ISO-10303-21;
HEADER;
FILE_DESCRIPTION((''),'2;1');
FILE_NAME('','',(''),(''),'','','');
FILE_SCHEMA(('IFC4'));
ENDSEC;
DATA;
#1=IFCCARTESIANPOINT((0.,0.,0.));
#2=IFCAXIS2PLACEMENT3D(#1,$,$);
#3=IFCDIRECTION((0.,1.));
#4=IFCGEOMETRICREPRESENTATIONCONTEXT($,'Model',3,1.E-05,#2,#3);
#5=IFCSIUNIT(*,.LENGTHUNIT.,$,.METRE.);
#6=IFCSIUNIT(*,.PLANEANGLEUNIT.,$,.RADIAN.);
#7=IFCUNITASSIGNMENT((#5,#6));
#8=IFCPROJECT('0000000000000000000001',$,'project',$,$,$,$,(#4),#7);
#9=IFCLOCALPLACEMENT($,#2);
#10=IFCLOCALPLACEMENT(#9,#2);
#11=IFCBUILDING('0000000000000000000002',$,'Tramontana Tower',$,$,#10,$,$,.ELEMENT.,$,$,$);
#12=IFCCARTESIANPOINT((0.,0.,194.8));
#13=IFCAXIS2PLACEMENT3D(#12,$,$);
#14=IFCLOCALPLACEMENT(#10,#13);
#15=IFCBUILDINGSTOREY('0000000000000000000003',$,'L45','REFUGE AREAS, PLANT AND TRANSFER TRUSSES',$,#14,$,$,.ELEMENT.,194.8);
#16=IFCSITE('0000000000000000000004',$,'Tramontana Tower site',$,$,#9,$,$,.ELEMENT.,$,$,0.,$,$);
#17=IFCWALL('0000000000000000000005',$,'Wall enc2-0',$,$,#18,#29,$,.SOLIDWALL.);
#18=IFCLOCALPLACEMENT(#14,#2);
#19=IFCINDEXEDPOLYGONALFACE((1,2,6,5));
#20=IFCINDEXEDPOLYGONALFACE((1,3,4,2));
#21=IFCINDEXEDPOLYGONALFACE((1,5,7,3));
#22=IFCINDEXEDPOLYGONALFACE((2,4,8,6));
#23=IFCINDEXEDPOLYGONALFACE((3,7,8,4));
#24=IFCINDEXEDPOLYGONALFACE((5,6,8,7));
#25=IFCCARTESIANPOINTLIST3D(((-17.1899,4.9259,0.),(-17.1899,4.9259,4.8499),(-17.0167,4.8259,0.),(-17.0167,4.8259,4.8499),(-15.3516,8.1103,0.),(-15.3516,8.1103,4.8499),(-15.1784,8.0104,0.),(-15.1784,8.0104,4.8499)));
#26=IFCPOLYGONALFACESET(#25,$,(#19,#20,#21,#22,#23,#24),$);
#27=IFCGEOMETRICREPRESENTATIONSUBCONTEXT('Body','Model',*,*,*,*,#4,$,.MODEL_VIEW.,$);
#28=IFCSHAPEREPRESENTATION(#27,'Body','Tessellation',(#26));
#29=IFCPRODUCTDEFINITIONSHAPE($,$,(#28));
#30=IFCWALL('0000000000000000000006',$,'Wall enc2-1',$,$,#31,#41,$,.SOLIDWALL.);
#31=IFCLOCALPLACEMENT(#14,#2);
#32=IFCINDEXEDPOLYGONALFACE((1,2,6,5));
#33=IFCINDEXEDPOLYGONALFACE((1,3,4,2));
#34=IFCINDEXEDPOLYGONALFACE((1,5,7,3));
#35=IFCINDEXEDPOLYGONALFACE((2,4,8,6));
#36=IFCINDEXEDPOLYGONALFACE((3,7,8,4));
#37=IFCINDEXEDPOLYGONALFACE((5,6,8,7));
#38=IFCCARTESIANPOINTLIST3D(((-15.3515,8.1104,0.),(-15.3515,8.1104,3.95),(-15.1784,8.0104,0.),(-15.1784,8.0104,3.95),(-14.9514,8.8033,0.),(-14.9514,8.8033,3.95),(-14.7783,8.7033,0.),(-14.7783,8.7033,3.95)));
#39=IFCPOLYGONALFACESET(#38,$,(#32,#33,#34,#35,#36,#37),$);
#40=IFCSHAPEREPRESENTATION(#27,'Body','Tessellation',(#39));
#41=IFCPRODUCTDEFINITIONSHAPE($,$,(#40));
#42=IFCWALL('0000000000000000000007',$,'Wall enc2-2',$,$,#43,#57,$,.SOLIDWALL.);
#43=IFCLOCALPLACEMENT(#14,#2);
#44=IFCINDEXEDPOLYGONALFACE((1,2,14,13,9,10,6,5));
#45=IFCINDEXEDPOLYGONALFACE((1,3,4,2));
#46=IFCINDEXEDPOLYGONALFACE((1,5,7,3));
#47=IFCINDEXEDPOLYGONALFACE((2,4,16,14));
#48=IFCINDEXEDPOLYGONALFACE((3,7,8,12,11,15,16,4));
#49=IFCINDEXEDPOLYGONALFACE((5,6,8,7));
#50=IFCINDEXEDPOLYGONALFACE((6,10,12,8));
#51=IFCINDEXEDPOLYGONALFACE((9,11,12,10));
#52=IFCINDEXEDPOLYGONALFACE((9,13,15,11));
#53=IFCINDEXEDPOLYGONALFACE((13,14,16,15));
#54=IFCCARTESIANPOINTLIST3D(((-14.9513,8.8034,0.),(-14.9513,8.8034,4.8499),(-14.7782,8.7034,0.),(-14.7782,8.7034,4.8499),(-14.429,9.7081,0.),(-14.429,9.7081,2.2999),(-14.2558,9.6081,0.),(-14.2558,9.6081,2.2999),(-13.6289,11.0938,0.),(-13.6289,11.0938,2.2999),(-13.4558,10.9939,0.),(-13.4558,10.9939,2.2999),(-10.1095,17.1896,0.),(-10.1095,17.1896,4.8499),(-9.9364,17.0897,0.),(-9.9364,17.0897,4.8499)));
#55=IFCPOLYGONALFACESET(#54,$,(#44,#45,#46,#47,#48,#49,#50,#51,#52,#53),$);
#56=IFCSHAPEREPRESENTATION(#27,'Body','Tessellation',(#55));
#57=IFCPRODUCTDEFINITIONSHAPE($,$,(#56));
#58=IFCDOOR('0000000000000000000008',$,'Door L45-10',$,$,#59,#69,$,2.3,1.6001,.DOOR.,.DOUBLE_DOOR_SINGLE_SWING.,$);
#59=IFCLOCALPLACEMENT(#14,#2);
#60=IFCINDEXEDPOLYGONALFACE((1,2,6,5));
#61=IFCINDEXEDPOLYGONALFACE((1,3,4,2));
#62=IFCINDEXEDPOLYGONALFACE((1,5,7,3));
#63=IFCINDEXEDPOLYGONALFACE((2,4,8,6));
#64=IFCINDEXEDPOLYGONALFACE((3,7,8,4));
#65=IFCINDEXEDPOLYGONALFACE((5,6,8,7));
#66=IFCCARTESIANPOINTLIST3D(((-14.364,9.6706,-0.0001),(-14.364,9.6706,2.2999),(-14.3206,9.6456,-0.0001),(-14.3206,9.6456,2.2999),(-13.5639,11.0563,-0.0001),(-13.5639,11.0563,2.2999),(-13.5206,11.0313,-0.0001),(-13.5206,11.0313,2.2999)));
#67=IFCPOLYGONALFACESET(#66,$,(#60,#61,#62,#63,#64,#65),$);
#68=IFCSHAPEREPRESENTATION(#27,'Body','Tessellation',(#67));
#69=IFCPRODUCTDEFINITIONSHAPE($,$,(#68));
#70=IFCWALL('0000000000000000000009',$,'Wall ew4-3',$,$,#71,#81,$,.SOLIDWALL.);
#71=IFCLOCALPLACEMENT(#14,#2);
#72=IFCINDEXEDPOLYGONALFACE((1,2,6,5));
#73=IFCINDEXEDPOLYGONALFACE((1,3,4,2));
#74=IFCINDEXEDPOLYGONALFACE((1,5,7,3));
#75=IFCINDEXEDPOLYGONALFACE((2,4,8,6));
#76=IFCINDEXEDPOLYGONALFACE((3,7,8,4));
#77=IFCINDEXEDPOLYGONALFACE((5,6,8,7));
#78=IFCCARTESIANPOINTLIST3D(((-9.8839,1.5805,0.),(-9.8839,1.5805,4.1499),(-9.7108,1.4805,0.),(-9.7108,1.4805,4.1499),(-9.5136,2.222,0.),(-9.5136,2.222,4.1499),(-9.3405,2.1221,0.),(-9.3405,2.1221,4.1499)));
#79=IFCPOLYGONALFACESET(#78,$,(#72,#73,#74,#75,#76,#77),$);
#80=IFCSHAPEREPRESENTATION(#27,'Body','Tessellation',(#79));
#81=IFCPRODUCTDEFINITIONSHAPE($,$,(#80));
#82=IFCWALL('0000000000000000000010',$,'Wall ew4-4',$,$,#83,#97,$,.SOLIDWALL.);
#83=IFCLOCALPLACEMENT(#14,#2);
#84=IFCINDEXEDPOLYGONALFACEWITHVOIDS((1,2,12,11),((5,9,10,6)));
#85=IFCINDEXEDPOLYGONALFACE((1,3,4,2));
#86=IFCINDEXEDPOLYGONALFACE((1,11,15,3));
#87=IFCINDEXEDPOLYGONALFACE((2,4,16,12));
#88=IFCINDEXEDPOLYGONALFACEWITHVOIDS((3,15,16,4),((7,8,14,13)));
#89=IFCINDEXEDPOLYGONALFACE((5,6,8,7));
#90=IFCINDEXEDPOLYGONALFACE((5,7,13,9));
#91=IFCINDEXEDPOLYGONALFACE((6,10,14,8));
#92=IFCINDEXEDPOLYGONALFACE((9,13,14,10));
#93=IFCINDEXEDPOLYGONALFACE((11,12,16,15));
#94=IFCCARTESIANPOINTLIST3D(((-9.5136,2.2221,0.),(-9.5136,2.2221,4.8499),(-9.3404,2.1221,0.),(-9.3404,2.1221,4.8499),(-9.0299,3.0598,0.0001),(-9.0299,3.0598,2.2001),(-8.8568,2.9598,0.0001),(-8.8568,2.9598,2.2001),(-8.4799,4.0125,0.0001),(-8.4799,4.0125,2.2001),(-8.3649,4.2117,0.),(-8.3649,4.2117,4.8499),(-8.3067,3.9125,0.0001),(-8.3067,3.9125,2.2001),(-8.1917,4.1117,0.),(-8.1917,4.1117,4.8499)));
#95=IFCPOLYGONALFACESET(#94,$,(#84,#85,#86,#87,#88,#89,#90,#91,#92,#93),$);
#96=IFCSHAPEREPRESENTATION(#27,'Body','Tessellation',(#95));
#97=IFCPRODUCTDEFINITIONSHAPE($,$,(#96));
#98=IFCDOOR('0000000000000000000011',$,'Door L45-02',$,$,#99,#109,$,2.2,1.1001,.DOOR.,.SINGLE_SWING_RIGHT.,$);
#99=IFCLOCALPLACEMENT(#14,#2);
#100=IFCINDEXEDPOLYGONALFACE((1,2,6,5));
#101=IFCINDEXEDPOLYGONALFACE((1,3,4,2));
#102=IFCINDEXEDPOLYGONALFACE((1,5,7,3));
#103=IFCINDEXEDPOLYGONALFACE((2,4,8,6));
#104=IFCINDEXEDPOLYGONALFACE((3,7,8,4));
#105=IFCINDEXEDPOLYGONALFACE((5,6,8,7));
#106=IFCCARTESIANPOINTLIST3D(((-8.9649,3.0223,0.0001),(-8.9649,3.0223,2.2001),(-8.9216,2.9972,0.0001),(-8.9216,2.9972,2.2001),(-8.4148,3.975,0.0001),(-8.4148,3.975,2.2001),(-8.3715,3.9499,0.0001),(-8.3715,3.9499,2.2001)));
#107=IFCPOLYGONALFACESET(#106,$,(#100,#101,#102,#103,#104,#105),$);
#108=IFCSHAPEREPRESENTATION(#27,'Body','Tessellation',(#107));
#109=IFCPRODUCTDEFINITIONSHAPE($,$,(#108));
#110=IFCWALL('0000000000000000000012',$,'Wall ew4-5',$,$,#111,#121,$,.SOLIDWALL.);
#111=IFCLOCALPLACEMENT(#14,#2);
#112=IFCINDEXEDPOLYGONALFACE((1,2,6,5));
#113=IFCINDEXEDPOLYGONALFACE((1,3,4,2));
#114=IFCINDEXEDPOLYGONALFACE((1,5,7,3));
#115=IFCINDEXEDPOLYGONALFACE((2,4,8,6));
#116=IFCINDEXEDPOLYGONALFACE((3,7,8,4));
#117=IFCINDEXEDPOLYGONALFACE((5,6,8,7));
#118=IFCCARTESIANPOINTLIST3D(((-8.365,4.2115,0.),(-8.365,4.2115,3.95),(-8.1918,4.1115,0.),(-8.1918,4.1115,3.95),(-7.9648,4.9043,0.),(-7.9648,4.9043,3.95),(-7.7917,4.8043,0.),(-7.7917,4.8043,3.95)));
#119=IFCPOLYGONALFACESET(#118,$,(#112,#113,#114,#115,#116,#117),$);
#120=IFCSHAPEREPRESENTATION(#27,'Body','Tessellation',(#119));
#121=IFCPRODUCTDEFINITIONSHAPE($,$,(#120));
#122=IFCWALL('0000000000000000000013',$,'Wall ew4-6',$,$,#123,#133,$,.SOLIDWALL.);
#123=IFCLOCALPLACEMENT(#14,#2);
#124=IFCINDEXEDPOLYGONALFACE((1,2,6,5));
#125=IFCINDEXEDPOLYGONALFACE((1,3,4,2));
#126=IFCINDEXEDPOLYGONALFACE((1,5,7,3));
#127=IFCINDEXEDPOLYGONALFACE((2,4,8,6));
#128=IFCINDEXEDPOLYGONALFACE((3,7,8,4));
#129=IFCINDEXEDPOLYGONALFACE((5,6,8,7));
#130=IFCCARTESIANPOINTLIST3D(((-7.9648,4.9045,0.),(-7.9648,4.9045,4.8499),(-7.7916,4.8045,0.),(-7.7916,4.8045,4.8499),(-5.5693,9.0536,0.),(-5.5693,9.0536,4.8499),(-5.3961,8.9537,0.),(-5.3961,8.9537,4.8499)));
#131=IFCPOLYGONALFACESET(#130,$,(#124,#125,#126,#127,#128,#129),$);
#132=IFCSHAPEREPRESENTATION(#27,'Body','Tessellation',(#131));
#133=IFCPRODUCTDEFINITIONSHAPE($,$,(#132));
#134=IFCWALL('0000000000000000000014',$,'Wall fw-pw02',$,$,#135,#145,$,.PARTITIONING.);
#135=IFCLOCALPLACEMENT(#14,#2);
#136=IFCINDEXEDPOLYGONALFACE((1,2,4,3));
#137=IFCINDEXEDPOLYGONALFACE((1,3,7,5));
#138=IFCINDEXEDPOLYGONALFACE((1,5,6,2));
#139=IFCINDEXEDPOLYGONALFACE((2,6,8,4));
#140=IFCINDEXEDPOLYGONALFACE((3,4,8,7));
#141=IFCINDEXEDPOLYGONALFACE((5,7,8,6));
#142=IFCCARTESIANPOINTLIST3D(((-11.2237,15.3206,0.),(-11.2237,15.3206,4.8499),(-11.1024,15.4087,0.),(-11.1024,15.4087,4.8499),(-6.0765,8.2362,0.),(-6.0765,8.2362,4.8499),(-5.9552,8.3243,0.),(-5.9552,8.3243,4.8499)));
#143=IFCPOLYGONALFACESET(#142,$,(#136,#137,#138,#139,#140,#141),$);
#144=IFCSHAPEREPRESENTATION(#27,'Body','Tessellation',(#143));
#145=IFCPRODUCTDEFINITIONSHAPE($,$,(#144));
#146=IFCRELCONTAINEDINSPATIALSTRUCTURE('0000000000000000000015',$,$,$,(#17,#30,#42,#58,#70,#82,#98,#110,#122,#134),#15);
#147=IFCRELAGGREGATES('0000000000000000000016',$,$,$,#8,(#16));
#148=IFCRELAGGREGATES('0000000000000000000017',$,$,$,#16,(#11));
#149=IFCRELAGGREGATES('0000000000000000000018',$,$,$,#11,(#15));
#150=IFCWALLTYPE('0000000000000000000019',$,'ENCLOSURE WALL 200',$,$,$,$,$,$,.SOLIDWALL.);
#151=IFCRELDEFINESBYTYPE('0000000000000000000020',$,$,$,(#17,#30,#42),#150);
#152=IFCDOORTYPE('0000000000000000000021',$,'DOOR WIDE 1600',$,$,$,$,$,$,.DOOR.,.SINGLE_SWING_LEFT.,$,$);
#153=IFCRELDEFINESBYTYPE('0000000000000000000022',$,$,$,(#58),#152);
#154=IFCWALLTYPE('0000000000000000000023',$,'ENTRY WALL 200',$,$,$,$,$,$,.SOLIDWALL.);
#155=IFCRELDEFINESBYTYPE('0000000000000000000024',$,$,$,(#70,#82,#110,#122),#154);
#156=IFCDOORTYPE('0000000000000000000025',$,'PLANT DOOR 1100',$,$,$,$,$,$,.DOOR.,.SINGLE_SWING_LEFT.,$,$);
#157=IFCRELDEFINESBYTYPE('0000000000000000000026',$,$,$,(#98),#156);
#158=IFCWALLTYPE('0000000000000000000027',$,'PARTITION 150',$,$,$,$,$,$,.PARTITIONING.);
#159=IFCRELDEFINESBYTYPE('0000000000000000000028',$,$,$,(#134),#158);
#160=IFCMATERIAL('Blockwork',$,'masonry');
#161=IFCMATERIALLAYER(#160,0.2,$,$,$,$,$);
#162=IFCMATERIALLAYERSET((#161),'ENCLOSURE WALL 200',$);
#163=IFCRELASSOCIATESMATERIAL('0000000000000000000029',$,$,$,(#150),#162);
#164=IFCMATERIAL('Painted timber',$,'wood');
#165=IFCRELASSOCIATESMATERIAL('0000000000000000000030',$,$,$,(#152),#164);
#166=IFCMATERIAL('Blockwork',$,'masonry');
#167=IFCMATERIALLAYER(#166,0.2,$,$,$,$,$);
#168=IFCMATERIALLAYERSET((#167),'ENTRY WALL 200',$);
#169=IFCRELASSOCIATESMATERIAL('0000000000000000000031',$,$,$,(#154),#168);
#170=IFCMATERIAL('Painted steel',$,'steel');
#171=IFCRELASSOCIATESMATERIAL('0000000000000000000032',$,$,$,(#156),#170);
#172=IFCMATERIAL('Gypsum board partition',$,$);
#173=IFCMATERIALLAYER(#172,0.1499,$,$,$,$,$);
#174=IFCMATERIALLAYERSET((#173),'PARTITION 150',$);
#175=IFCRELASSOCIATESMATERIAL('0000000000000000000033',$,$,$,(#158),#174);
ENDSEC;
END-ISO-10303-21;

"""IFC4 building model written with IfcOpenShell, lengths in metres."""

from ifc_helpers import new_model, si_unit, direction, frame, frame_2d, origin, place, context, subcontext, project, spatial, rectangle, extrude, material, layer, layer_set, type_object, element, fill, save


model = new_model("IFC4")

# Units and contexts
model_context = context("Model", 3, precision=1e-05, world=origin(), true_north=direction((0.0, 1.0)))
body_context = subcontext(model_context, "Body", "Model", "MODEL_VIEW")
ifc_project = project(units=[si_unit("LENGTHUNIT", "METRE"), si_unit("PLANEANGLEUNIT", "RADIAN")], contexts=[model_context])

# Site, building, storey
site_placement = place(None, origin())
site = spatial("IfcSite", under=ifc_project, at=site_placement, Name="Tramontana Tower site", CompositionType="ELEMENT", RefElevation=0.0)
building_placement = place(site_placement, origin())
building = spatial("IfcBuilding", under=site, at=building_placement, Name="Tramontana Tower", CompositionType="ELEMENT")
storey_placement = place(building_placement, frame((0.0, 0.0, 194.8)))
storey = spatial("IfcBuildingStorey", under=building, at=storey_placement, Name="L45", Description="REFUGE AREAS, PLANT AND TRANSFER TRUSSES", CompositionType="ELEMENT", Elevation=194.8)

# Walls
ifc_material_1 = material(Name="Blockwork", Category="masonry")
ifc_layer_1 = layer(ifc_material_1, 0.2)
ifc_layer_set_1 = layer_set([ifc_layer_1], Name="ENCLOSURE WALL 200")
wall_type_1 = type_object("IfcWallType", Name="ENCLOSURE WALL 200", PredefinedType="SOLIDWALL", material=ifc_layer_set_1)
wall_1_placement = place(storey_placement, frame((-17.1033, 4.876, 0.0), z_axis=(0.0, 0.0, 1.0), x_axis=(0.499952, 0.866053, 0.0)))
element("IfcWall", 1, at=wall_1_placement, inside=storey, type_object=wall_type_1, Name="Wall enc2-0", PredefinedType="SOLIDWALL", context=body_context, shape_type="SweptSolid", body=[
    extrude(rectangle(XDim=3.677, YDim=0.2, at=frame_2d((1.8384, 0.0))), origin(), (0.0, 0.0, 1.0), 4.8499),
])
wall_2_placement = place(storey_placement, frame((-15.2649, 8.0605, 0.0), z_axis=(0.0, 0.0, 1.0), x_axis=(0.50011, 0.865962, 0.0)))
element("IfcWall", 2, at=wall_2_placement, inside=storey, type_object=wall_type_1, Name="Wall enc2-1", PredefinedType="SOLIDWALL", context=body_context, shape_type="SweptSolid", body=[
    extrude(rectangle(XDim=0.8, YDim=0.2, at=frame_2d((0.3999, 0.0))), origin(), (0.0, 0.0, 1.0), 3.95),
])

# Wall, opening, door
wall_3_placement = place(storey_placement, frame((-14.8647, 8.7534, 0.0), z_axis=(0.0, 0.0, 1.0), x_axis=(0.5, 0.866025, 0.0)))
wall_3 = element("IfcWall", 3, at=wall_3_placement, inside=storey, type_object=wall_type_1, Name="Wall enc2-2", PredefinedType="SOLIDWALL", context=body_context, shape_type="SweptSolid", body=[
    extrude(rectangle(XDim=9.6836, YDim=0.2, at=frame_2d((4.8418, 0.0))), origin(), (0.0, 0.0, 1.0), 4.8499),
])
opening_1_placement = place(wall_3_placement, frame((1.0447, 0.0, 0.0)))
opening_1 = element("IfcOpeningElement", 4, at=opening_1_placement, cuts=wall_3, PredefinedType="OPENING", context=body_context, shape_type="SweptSolid", body=[
    extrude(rectangle(XDim=1.6001, YDim=2.3, at=frame_2d((0.8, 1.1499))), frame((0.0, 0.1099, 0.0), z_axis=(0.0, -1.0, 0.0), x_axis=(1.0, 0.0, 0.0)), (0.0, 0.0, 1.0), 0.22),
])
ifc_material_2 = material(Name="Painted timber", Category="wood")
door_type_1 = type_object("IfcDoorType", Name="DOOR WIDE 1600", OperationType="SINGLE_SWING_LEFT", PredefinedType="DOOR", material=ifc_material_2)
door_1_placement = place(opening_1_placement, origin())
door_1 = element("IfcDoor", 5, at=door_1_placement, inside=storey, type_object=door_type_1, Name="Door L45-10", OperationType="DOUBLE_DOOR_SINGLE_SWING", OverallHeight=2.3, OverallWidth=1.6001, PredefinedType="DOOR", context=body_context, shape_type="SweptSolid", body=[
    extrude(rectangle(XDim=1.6001, YDim=2.3, at=frame_2d((0.8, 1.1499))), frame((0.0, 0.0249, 0.0), z_axis=(0.0, -1.0, 0.0), x_axis=(1.0, 0.0, 0.0)), (0.0, 0.0, 1.0), 0.05),
])
fill(opening_1, door_1)

# Wall
ifc_material_3 = material(Name="Blockwork", Category="masonry")
ifc_layer_2 = layer(ifc_material_3, 0.2)
ifc_layer_set_2 = layer_set([ifc_layer_2], Name="ENTRY WALL 200")
wall_type_2 = type_object("IfcWallType", Name="ENTRY WALL 200", PredefinedType="SOLIDWALL", material=ifc_layer_set_2)
wall_4_placement = place(storey_placement, frame((-9.7974, 1.5305, 0.0), z_axis=(0.0, 0.0, 1.0), x_axis=(0.499932, 0.866065, 0.0)))
element("IfcWall", 6, at=wall_4_placement, inside=storey, type_object=wall_type_2, Name="Wall ew4-3", PredefinedType="SOLIDWALL", context=body_context, shape_type="SweptSolid", body=[
    extrude(rectangle(XDim=0.7407, YDim=0.2, at=frame_2d((0.3704, 0.0))), origin(), (0.0, 0.0, 1.0), 4.1499),
])

# Wall, opening, door
wall_5_placement = place(storey_placement, frame((-9.427, 2.1721, 0.0), z_axis=(0.0, 0.0, 1.0), x_axis=(0.500014, 0.866017, 0.0)))
wall_5 = element("IfcWall", 7, at=wall_5_placement, inside=storey, type_object=wall_type_2, Name="Wall ew4-4", PredefinedType="SOLIDWALL", context=body_context, shape_type="SweptSolid", body=[
    extrude(rectangle(XDim=2.2974, YDim=0.2, at=frame_2d((1.1487, 0.0))), origin(), (0.0, 0.0, 1.0), 4.8499),
])
opening_2_placement = place(wall_5_placement, frame((0.9673, 0.0, 0.0)))
opening_2 = element("IfcOpeningElement", 8, at=opening_2_placement, cuts=wall_5, PredefinedType="OPENING", context=body_context, shape_type="SweptSolid", body=[
    extrude(rectangle(XDim=1.1001, YDim=2.2, at=frame_2d((0.55, 1.1001))), frame((0.0, 0.1099, 0.0), z_axis=(0.0, -1.0, 0.0), x_axis=(1.0, 0.0, 0.0)), (0.0, 0.0, 1.0), 0.22),
])
ifc_material_4 = material(Name="Painted steel", Category="steel")
door_type_2 = type_object("IfcDoorType", Name="PLANT DOOR 1100", OperationType="SINGLE_SWING_LEFT", PredefinedType="DOOR", material=ifc_material_4)
door_2_placement = place(opening_2_placement, origin())
door_2 = element("IfcDoor", 9, at=door_2_placement, inside=storey, type_object=door_type_2, Name="Door L45-02", OperationType="SINGLE_SWING_RIGHT", OverallHeight=2.2, OverallWidth=1.1001, PredefinedType="DOOR", context=body_context, shape_type="SweptSolid", body=[
    extrude(rectangle(XDim=1.1001, YDim=2.2, at=frame_2d((0.55, 1.1001))), frame((0.0, 0.0249, 0.0), z_axis=(0.0, -1.0, 0.0), x_axis=(1.0, 0.0, 0.0)), (0.0, 0.0, 1.0), 0.05),
])
fill(opening_2, door_2)

# Walls
wall_6_placement = place(storey_placement, frame((-8.2783, 4.1616, 0.0), z_axis=(0.0, 0.0, 1.0), x_axis=(0.50011, 0.865962, 0.0)))
element("IfcWall", 10, at=wall_6_placement, inside=storey, type_object=wall_type_2, Name="Wall ew4-5", PredefinedType="SOLIDWALL", context=body_context, shape_type="SweptSolid", body=[
    extrude(rectangle(XDim=0.8, YDim=0.2, at=frame_2d((0.3999, 0.0))), origin(), (0.0, 0.0, 1.0), 3.95),
])
wall_7_placement = place(storey_placement, frame((-7.8782, 4.8545, 0.0), z_axis=(0.0, 0.0, 1.0), x_axis=(0.499997, 0.866027, 0.0)))
element("IfcWall", 11, at=wall_7_placement, inside=storey, type_object=wall_type_2, Name="Wall ew4-6", PredefinedType="SOLIDWALL", context=body_context, shape_type="SweptSolid", body=[
    extrude(rectangle(XDim=4.791, YDim=0.2, at=frame_2d((2.3955, 0.0))), origin(), (0.0, 0.0, 1.0), 4.8499),
])
ifc_material_5 = material(Name="Gypsum board partition")
ifc_layer_3 = layer(ifc_material_5, 0.1499)
ifc_layer_set_3 = layer_set([ifc_layer_3], Name="PARTITION 150")
wall_type_3 = type_object("IfcWallType", Name="PARTITION 150", PredefinedType="PARTITIONING", material=ifc_layer_set_3)
wall_8_placement = place(storey_placement, frame((-6.0159, 8.2803, 0.0), z_axis=(0.0, 0.0, 1.0), x_axis=(-0.587789, 0.809014, 0.0)))
element("IfcWall", 12, at=wall_8_placement, inside=storey, type_object=wall_type_3, Name="Wall fw-pw02", PredefinedType="PARTITIONING", context=body_context, shape_type="SweptSolid", body=[
    extrude(rectangle(XDim=8.7568, YDim=0.1499, at=frame_2d((4.3784, 0.0))), origin(), (0.0, 0.0, 1.0), 4.8499),
])

save(model, "model.ifc")
